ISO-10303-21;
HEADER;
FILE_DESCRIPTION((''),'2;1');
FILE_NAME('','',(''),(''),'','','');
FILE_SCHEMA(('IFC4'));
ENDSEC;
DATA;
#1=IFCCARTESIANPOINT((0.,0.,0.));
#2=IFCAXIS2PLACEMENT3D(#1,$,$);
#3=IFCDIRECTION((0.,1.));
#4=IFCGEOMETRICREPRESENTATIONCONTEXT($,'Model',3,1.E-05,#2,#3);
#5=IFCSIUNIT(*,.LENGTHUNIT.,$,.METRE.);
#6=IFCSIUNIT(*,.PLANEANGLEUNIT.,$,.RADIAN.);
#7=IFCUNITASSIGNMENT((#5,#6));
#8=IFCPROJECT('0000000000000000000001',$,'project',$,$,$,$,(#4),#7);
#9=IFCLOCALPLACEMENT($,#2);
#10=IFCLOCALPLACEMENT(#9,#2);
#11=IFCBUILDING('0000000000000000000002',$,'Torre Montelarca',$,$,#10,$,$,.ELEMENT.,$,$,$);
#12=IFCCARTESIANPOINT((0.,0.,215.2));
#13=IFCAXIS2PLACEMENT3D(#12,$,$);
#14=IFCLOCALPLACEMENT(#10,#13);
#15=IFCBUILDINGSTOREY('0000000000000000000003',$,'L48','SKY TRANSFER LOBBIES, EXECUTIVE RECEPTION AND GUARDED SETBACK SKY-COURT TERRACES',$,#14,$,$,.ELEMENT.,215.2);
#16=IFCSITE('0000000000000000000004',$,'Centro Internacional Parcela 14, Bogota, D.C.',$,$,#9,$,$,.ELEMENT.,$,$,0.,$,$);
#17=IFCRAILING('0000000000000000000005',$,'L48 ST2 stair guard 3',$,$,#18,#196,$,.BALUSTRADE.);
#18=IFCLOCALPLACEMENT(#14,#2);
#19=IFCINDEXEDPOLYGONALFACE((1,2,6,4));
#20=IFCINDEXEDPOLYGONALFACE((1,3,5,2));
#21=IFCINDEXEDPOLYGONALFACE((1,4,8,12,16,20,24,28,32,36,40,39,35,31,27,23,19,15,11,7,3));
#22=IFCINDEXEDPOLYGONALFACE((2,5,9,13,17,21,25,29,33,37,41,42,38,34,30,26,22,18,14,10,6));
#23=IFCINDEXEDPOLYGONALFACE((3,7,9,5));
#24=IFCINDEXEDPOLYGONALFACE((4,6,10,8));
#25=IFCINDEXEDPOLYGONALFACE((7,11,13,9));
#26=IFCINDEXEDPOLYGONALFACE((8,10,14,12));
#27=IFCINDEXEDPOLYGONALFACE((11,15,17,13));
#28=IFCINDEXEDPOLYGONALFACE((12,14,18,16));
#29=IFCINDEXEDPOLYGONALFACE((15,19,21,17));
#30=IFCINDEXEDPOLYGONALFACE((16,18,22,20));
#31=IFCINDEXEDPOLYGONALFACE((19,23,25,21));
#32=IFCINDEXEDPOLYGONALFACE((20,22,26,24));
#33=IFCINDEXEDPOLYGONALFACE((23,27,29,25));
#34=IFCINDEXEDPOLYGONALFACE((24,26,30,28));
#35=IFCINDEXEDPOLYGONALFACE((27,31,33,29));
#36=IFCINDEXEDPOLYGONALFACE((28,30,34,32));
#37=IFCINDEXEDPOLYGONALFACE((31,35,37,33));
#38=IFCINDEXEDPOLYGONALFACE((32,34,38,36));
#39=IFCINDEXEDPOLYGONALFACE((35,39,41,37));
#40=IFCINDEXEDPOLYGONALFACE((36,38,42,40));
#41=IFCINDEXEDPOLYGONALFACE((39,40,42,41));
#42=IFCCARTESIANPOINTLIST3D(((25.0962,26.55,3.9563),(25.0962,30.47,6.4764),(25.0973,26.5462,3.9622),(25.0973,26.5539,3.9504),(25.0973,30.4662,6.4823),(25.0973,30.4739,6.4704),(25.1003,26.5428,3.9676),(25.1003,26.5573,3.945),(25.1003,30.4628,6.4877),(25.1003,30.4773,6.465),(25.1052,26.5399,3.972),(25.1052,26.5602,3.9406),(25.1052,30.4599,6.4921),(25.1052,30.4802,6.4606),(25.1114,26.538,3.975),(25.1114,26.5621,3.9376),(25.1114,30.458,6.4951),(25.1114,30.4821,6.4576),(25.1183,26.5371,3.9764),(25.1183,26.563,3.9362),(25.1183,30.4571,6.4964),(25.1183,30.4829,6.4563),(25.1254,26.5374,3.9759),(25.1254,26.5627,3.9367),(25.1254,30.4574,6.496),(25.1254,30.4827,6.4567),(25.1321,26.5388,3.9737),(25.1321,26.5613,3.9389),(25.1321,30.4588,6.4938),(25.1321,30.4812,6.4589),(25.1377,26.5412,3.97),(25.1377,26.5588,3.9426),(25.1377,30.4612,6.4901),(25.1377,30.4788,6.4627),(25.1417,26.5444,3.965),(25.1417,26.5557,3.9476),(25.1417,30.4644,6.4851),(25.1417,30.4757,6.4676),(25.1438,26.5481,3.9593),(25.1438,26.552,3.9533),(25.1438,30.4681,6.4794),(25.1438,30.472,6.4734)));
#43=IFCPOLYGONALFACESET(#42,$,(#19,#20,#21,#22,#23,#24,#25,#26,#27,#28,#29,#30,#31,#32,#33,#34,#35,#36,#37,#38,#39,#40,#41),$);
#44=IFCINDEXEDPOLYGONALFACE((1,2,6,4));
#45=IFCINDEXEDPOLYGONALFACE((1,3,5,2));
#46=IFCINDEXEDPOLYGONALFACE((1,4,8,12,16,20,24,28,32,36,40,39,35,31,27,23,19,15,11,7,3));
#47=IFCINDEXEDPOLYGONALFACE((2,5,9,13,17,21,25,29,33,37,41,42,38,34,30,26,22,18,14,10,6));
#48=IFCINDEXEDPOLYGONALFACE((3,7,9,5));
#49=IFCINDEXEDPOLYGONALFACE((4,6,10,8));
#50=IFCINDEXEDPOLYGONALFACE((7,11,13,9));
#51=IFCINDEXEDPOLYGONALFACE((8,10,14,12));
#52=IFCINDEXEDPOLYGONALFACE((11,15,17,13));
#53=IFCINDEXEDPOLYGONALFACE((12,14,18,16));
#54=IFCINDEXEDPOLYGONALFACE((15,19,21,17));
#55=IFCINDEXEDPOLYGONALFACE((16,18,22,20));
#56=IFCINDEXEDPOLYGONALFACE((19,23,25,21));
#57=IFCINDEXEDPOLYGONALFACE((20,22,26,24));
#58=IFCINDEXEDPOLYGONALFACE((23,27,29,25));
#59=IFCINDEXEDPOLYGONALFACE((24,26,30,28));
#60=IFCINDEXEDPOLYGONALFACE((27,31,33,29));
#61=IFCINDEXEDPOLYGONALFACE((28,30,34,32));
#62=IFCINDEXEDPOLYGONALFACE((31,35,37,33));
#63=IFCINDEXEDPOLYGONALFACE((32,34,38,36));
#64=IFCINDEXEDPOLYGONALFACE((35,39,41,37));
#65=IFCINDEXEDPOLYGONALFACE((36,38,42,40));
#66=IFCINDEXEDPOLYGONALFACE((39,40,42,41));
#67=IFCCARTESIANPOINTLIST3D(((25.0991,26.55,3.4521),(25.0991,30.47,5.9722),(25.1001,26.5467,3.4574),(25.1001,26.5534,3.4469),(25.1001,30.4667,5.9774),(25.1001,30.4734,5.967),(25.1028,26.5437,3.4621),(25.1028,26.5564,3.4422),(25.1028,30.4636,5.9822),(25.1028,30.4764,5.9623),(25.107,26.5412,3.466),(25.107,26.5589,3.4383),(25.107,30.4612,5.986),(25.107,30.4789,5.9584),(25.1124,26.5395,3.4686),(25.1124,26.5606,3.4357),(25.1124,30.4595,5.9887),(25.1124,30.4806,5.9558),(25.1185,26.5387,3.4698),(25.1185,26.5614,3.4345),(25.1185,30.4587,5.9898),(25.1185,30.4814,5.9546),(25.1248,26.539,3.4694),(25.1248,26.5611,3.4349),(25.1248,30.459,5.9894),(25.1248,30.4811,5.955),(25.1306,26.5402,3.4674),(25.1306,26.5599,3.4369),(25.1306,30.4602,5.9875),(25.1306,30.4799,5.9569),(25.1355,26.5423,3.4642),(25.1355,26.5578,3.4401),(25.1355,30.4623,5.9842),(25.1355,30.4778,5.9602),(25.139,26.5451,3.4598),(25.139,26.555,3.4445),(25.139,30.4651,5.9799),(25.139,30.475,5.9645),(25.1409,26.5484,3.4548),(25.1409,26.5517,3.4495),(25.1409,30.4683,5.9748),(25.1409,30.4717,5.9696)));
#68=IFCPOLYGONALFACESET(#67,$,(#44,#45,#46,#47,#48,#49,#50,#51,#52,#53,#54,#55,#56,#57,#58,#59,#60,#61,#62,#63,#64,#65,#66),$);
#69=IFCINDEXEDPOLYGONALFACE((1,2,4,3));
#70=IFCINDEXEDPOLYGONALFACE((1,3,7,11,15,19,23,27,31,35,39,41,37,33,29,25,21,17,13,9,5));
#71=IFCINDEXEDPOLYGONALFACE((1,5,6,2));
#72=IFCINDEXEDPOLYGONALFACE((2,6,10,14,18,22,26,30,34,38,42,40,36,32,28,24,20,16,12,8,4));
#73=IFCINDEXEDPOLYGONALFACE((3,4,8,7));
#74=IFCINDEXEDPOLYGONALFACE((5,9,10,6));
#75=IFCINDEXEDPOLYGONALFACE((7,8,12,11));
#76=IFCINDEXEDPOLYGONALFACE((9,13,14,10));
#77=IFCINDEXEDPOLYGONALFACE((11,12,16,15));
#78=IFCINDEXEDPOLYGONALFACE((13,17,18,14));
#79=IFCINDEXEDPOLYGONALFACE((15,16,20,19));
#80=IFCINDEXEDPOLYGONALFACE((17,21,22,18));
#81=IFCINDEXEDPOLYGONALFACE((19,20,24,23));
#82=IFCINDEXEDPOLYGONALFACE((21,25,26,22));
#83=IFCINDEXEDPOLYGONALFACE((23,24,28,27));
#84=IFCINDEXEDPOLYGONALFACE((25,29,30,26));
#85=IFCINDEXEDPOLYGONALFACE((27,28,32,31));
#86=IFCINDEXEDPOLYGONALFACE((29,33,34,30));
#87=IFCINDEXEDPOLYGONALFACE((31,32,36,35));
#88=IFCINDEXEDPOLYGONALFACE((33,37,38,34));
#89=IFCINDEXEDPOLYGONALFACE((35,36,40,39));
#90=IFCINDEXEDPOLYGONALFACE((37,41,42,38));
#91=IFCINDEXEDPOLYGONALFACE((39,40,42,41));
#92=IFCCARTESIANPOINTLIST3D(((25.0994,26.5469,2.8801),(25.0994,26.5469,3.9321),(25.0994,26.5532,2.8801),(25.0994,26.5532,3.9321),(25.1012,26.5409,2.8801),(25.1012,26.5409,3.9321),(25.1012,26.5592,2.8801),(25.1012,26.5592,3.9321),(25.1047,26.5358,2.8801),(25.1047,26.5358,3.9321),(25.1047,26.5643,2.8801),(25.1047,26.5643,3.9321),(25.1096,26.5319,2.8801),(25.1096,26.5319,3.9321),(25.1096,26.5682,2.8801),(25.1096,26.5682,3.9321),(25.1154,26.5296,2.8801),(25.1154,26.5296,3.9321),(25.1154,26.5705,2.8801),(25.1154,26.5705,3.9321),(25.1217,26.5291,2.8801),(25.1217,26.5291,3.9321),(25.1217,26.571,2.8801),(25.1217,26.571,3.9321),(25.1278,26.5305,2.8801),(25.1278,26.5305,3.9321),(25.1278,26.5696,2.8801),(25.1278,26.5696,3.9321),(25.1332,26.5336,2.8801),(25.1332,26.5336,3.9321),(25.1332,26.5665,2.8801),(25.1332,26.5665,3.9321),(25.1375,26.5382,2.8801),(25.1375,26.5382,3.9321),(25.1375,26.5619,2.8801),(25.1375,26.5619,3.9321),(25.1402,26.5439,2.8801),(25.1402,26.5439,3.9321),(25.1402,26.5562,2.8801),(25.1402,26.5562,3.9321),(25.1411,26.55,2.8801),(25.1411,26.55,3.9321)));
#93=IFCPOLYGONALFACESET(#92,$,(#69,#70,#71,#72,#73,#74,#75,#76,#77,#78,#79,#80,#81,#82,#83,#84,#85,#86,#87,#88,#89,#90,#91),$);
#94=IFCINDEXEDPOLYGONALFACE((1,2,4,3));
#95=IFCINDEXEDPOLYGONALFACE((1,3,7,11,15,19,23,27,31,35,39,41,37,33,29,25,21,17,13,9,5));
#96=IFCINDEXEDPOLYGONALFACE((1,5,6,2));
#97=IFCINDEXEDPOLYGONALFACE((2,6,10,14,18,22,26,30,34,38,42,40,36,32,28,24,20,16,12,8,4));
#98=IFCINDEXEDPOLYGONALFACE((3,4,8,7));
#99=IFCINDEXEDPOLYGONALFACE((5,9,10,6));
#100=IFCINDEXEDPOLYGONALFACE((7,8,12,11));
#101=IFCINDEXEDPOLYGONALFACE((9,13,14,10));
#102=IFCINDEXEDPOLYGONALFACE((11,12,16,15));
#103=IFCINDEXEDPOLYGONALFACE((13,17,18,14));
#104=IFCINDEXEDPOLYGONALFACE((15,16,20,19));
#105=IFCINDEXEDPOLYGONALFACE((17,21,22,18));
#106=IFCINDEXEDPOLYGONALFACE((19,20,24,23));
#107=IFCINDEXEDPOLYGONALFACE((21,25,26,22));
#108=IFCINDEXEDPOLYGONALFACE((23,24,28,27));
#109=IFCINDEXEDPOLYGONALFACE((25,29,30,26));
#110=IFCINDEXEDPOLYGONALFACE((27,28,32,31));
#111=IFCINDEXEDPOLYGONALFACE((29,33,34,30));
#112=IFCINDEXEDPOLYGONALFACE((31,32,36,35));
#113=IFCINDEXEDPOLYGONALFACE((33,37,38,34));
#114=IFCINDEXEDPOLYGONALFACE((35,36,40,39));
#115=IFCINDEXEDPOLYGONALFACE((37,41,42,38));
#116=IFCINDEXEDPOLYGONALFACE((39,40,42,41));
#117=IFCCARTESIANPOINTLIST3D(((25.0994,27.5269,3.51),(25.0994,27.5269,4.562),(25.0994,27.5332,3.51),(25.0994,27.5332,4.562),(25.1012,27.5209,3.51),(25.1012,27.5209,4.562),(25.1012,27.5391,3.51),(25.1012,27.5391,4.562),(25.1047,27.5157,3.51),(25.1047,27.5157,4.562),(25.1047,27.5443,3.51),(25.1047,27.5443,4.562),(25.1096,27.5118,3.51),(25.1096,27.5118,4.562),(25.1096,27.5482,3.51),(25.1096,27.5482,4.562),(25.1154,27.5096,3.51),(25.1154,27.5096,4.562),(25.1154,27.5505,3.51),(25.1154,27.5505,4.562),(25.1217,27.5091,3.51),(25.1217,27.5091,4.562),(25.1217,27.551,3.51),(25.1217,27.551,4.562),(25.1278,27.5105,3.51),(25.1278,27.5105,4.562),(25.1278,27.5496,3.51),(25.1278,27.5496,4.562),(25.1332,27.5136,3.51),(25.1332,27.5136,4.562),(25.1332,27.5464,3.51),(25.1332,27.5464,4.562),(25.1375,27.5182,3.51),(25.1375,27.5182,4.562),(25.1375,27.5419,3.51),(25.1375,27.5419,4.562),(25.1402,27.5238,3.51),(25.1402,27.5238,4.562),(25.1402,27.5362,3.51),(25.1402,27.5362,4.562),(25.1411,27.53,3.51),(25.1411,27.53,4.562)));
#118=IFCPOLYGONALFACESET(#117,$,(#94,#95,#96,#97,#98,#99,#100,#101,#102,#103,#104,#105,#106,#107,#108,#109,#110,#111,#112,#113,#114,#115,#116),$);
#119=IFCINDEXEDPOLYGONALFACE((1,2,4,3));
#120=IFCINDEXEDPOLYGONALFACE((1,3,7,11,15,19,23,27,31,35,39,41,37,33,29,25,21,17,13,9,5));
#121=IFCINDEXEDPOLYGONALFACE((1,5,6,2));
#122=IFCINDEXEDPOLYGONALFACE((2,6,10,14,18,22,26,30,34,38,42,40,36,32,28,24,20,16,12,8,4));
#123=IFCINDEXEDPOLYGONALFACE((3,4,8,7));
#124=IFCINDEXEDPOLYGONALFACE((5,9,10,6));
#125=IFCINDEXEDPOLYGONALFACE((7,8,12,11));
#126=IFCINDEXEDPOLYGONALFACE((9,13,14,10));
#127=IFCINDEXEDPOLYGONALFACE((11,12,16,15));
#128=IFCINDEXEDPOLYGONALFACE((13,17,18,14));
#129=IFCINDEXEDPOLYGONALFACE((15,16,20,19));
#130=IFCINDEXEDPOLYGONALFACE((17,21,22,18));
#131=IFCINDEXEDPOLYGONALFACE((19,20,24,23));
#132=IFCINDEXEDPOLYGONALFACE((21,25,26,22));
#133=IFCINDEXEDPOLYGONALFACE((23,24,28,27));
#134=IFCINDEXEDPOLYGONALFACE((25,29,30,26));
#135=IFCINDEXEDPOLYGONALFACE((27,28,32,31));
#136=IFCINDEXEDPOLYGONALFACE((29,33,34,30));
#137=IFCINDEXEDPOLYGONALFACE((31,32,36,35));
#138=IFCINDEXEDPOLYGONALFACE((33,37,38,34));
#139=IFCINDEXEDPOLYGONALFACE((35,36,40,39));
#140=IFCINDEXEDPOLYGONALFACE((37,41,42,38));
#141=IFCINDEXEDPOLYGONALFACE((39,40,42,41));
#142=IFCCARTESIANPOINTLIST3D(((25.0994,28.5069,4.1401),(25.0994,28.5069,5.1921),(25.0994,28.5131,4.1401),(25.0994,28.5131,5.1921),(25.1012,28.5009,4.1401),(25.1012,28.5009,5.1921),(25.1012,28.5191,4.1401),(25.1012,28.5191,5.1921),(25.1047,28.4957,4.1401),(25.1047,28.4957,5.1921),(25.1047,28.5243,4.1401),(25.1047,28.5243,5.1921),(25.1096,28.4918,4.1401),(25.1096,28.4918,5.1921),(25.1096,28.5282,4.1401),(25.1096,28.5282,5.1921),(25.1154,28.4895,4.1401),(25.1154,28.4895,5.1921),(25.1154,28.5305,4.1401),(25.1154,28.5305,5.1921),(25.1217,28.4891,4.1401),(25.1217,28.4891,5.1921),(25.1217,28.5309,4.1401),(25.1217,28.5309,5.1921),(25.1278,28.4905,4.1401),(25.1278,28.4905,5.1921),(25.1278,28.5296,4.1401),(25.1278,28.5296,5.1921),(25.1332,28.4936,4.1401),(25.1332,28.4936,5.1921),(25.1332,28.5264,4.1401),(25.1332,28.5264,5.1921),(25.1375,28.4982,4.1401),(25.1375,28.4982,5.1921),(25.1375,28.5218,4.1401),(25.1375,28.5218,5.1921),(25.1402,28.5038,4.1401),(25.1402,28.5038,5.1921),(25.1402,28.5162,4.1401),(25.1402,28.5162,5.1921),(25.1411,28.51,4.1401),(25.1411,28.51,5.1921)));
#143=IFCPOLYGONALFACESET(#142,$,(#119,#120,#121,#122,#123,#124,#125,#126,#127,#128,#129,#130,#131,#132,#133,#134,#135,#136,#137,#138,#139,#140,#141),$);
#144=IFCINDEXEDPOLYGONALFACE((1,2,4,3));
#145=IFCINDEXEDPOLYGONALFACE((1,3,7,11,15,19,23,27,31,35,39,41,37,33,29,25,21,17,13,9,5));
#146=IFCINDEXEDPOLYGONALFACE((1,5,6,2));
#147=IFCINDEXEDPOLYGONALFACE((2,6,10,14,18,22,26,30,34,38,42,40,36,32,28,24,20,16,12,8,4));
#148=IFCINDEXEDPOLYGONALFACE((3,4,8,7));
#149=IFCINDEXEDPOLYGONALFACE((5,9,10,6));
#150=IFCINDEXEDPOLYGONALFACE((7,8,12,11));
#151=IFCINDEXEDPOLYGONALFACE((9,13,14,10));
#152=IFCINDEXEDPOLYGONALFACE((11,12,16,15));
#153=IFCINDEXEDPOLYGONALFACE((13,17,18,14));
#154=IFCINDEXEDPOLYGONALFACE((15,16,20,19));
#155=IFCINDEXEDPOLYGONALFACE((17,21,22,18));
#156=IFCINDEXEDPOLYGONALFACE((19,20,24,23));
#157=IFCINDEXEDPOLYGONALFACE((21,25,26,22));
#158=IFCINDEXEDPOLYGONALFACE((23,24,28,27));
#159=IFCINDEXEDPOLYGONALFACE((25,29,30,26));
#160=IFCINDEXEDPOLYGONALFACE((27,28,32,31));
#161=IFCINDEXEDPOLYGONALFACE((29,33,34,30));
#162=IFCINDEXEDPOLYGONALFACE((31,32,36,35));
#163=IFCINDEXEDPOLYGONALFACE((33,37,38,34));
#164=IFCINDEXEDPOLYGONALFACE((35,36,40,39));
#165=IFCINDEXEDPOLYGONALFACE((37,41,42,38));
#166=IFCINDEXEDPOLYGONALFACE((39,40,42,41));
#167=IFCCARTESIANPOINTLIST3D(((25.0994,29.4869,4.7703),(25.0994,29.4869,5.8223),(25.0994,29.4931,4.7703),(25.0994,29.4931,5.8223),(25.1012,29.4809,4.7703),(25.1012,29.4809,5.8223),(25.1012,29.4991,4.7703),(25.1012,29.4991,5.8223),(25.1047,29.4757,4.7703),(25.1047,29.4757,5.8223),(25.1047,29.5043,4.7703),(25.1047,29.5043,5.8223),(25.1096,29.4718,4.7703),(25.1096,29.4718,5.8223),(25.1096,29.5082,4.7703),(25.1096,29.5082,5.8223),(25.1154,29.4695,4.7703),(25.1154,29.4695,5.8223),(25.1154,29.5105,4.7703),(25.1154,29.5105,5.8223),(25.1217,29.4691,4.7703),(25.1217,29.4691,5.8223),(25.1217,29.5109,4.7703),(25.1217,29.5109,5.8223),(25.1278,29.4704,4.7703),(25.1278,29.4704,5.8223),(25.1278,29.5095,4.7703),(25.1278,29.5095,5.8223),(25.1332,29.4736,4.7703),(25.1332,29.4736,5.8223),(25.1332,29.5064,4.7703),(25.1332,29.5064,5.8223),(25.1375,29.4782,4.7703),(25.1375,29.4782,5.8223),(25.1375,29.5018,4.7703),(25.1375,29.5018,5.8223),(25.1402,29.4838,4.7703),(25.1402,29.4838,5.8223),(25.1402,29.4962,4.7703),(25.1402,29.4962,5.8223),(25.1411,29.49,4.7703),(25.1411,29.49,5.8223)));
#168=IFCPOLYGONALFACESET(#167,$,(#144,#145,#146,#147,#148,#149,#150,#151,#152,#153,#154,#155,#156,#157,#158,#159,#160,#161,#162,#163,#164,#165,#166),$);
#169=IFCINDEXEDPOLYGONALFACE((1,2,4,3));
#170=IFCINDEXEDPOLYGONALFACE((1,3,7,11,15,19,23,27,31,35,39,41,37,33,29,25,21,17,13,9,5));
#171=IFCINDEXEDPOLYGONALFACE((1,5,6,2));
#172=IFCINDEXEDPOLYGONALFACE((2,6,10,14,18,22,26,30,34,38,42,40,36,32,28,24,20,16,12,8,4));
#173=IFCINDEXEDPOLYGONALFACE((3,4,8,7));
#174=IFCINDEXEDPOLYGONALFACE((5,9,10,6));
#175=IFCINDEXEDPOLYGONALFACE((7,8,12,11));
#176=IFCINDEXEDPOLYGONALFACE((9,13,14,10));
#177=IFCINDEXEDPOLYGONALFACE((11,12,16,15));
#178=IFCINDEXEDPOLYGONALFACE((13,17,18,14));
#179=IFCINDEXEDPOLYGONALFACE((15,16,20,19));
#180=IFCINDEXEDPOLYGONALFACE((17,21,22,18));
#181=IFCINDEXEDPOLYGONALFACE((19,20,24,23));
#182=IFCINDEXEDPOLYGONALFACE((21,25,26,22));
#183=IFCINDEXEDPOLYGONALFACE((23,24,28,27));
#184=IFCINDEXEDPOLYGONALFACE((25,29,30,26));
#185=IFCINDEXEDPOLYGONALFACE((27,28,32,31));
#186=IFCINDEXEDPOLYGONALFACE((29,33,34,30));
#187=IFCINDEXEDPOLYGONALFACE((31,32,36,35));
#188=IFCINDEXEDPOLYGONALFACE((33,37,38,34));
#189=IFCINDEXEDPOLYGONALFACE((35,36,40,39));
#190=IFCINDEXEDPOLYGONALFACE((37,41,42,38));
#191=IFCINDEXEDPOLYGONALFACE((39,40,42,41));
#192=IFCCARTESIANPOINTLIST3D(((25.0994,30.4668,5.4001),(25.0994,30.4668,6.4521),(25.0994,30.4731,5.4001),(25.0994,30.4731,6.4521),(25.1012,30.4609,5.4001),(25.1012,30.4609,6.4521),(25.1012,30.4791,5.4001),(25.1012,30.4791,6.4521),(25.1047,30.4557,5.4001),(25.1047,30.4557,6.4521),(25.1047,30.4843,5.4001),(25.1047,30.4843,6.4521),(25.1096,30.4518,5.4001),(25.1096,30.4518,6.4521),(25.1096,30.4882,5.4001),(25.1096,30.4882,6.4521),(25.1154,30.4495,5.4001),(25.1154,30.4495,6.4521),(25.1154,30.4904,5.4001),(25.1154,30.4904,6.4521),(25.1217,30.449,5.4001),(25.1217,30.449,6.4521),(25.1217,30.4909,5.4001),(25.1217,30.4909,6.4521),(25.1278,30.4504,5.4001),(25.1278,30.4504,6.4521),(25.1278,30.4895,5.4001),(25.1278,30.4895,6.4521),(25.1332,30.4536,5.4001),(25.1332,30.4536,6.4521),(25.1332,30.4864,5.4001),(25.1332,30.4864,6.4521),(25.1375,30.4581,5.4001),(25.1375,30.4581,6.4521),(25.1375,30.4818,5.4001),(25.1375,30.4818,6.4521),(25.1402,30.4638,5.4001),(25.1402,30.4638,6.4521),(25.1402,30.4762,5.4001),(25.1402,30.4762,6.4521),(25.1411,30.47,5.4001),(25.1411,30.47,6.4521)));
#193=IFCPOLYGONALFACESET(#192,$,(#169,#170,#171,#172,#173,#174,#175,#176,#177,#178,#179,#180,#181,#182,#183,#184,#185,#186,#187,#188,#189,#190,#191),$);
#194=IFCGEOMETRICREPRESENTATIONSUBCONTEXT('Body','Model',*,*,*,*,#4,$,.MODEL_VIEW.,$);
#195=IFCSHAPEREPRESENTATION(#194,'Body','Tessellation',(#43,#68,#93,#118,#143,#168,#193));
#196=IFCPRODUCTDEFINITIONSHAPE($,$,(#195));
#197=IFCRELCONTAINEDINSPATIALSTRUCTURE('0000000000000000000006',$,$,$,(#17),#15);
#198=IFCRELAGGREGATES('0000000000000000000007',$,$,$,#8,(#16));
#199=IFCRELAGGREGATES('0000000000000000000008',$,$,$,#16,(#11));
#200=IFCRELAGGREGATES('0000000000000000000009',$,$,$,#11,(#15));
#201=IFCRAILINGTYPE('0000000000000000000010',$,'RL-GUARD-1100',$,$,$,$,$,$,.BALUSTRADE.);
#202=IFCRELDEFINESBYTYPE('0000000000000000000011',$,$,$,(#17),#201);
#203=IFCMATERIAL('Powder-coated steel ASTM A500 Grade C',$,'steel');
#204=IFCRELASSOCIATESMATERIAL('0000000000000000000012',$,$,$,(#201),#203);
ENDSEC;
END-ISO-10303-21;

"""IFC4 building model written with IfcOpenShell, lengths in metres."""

from ifc_helpers import new_model, si_unit, direction, frame, origin, origin_2d, place, context, subcontext, project, spatial, circle, extrude, material, type_object, element, save


model = new_model("IFC4")

# Units and contexts
model_context = context("Model", 3, precision=1e-05, world=origin(), true_north=direction((0.0, 1.0)))
body_context = subcontext(model_context, "Body", "Model", "MODEL_VIEW")
ifc_project = project(units=[si_unit("LENGTHUNIT", "METRE"), si_unit("PLANEANGLEUNIT", "RADIAN")], contexts=[model_context])

# Site, building, storey
site_placement = place(None, origin())
site = spatial("IfcSite", under=ifc_project, at=site_placement, Name="Centro Internacional Parcela 14, Bogota, D.C.", CompositionType="ELEMENT", RefElevation=0.0)
building_placement = place(site_placement, origin())
building = spatial("IfcBuilding", under=site, at=building_placement, Name="Torre Montelarca", CompositionType="ELEMENT")
storey_placement = place(building_placement, frame((0.0, 0.0, 215.2)))
storey = spatial("IfcBuildingStorey", under=building, at=storey_placement, Name="L48", Description="SKY TRANSFER LOBBIES, EXECUTIVE RECEPTION AND GUARDED SETBACK SKY-COURT TERRACES", CompositionType="ELEMENT", Elevation=215.2)

# Railing
ifc_material_1 = material(Name="Powder-coated steel ASTM A500 Grade C", Category="steel")
railing_type_1 = type_object("IfcRailingType", Name="RL-GUARD-1100", PredefinedType="BALUSTRADE", material=ifc_material_1)
railing_1_placement = place(storey_placement, frame((25.1201, 26.55, 2.8801)))
element("IfcRailing", 1, at=railing_1_placement, inside=storey, type_object=railing_type_1, Name="L48 ST2 stair guard 3", PredefinedType="BALUSTRADE", context=body_context, shape_type="SweptSolid", body=[
    extrude(circle(Radius=0.0239, at=origin_2d()), frame((0.0, 0.0, 1.0762), z_axis=(0.0, 0.841172, 0.540768), x_axis=(-1.0, 0.0, 0.0)), (0.0, 0.0, 1.0), 4.6602),
    extrude(circle(Radius=0.021, at=origin_2d()), frame((0.0, 0.0, 0.572), z_axis=(0.0, 0.841172, 0.540768), x_axis=(-1.0, 0.0, 0.0)), (0.0, 0.0, 1.0), 4.6602),
    extrude(circle(Radius=0.021, at=origin_2d()), origin(), (0.0, 0.0, 1.0), 1.052),
    extrude(circle(Radius=0.021, at=origin_2d()), frame((0.0, 0.98, 0.6299)), (0.0, 0.0, 1.0), 1.052),
    extrude(circle(Radius=0.021, at=origin_2d()), frame((0.0, 1.96, 1.26)), (0.0, 0.0, 1.0), 1.052),
    extrude(circle(Radius=0.021, at=origin_2d()), frame((0.0, 2.9399, 1.8901)), (0.0, 0.0, 1.0), 1.052),
    extrude(circle(Radius=0.021, at=origin_2d()), frame((0.0, 3.9199, 2.52)), (0.0, 0.0, 1.0), 1.052),
])

save(model, "model.ifc")
